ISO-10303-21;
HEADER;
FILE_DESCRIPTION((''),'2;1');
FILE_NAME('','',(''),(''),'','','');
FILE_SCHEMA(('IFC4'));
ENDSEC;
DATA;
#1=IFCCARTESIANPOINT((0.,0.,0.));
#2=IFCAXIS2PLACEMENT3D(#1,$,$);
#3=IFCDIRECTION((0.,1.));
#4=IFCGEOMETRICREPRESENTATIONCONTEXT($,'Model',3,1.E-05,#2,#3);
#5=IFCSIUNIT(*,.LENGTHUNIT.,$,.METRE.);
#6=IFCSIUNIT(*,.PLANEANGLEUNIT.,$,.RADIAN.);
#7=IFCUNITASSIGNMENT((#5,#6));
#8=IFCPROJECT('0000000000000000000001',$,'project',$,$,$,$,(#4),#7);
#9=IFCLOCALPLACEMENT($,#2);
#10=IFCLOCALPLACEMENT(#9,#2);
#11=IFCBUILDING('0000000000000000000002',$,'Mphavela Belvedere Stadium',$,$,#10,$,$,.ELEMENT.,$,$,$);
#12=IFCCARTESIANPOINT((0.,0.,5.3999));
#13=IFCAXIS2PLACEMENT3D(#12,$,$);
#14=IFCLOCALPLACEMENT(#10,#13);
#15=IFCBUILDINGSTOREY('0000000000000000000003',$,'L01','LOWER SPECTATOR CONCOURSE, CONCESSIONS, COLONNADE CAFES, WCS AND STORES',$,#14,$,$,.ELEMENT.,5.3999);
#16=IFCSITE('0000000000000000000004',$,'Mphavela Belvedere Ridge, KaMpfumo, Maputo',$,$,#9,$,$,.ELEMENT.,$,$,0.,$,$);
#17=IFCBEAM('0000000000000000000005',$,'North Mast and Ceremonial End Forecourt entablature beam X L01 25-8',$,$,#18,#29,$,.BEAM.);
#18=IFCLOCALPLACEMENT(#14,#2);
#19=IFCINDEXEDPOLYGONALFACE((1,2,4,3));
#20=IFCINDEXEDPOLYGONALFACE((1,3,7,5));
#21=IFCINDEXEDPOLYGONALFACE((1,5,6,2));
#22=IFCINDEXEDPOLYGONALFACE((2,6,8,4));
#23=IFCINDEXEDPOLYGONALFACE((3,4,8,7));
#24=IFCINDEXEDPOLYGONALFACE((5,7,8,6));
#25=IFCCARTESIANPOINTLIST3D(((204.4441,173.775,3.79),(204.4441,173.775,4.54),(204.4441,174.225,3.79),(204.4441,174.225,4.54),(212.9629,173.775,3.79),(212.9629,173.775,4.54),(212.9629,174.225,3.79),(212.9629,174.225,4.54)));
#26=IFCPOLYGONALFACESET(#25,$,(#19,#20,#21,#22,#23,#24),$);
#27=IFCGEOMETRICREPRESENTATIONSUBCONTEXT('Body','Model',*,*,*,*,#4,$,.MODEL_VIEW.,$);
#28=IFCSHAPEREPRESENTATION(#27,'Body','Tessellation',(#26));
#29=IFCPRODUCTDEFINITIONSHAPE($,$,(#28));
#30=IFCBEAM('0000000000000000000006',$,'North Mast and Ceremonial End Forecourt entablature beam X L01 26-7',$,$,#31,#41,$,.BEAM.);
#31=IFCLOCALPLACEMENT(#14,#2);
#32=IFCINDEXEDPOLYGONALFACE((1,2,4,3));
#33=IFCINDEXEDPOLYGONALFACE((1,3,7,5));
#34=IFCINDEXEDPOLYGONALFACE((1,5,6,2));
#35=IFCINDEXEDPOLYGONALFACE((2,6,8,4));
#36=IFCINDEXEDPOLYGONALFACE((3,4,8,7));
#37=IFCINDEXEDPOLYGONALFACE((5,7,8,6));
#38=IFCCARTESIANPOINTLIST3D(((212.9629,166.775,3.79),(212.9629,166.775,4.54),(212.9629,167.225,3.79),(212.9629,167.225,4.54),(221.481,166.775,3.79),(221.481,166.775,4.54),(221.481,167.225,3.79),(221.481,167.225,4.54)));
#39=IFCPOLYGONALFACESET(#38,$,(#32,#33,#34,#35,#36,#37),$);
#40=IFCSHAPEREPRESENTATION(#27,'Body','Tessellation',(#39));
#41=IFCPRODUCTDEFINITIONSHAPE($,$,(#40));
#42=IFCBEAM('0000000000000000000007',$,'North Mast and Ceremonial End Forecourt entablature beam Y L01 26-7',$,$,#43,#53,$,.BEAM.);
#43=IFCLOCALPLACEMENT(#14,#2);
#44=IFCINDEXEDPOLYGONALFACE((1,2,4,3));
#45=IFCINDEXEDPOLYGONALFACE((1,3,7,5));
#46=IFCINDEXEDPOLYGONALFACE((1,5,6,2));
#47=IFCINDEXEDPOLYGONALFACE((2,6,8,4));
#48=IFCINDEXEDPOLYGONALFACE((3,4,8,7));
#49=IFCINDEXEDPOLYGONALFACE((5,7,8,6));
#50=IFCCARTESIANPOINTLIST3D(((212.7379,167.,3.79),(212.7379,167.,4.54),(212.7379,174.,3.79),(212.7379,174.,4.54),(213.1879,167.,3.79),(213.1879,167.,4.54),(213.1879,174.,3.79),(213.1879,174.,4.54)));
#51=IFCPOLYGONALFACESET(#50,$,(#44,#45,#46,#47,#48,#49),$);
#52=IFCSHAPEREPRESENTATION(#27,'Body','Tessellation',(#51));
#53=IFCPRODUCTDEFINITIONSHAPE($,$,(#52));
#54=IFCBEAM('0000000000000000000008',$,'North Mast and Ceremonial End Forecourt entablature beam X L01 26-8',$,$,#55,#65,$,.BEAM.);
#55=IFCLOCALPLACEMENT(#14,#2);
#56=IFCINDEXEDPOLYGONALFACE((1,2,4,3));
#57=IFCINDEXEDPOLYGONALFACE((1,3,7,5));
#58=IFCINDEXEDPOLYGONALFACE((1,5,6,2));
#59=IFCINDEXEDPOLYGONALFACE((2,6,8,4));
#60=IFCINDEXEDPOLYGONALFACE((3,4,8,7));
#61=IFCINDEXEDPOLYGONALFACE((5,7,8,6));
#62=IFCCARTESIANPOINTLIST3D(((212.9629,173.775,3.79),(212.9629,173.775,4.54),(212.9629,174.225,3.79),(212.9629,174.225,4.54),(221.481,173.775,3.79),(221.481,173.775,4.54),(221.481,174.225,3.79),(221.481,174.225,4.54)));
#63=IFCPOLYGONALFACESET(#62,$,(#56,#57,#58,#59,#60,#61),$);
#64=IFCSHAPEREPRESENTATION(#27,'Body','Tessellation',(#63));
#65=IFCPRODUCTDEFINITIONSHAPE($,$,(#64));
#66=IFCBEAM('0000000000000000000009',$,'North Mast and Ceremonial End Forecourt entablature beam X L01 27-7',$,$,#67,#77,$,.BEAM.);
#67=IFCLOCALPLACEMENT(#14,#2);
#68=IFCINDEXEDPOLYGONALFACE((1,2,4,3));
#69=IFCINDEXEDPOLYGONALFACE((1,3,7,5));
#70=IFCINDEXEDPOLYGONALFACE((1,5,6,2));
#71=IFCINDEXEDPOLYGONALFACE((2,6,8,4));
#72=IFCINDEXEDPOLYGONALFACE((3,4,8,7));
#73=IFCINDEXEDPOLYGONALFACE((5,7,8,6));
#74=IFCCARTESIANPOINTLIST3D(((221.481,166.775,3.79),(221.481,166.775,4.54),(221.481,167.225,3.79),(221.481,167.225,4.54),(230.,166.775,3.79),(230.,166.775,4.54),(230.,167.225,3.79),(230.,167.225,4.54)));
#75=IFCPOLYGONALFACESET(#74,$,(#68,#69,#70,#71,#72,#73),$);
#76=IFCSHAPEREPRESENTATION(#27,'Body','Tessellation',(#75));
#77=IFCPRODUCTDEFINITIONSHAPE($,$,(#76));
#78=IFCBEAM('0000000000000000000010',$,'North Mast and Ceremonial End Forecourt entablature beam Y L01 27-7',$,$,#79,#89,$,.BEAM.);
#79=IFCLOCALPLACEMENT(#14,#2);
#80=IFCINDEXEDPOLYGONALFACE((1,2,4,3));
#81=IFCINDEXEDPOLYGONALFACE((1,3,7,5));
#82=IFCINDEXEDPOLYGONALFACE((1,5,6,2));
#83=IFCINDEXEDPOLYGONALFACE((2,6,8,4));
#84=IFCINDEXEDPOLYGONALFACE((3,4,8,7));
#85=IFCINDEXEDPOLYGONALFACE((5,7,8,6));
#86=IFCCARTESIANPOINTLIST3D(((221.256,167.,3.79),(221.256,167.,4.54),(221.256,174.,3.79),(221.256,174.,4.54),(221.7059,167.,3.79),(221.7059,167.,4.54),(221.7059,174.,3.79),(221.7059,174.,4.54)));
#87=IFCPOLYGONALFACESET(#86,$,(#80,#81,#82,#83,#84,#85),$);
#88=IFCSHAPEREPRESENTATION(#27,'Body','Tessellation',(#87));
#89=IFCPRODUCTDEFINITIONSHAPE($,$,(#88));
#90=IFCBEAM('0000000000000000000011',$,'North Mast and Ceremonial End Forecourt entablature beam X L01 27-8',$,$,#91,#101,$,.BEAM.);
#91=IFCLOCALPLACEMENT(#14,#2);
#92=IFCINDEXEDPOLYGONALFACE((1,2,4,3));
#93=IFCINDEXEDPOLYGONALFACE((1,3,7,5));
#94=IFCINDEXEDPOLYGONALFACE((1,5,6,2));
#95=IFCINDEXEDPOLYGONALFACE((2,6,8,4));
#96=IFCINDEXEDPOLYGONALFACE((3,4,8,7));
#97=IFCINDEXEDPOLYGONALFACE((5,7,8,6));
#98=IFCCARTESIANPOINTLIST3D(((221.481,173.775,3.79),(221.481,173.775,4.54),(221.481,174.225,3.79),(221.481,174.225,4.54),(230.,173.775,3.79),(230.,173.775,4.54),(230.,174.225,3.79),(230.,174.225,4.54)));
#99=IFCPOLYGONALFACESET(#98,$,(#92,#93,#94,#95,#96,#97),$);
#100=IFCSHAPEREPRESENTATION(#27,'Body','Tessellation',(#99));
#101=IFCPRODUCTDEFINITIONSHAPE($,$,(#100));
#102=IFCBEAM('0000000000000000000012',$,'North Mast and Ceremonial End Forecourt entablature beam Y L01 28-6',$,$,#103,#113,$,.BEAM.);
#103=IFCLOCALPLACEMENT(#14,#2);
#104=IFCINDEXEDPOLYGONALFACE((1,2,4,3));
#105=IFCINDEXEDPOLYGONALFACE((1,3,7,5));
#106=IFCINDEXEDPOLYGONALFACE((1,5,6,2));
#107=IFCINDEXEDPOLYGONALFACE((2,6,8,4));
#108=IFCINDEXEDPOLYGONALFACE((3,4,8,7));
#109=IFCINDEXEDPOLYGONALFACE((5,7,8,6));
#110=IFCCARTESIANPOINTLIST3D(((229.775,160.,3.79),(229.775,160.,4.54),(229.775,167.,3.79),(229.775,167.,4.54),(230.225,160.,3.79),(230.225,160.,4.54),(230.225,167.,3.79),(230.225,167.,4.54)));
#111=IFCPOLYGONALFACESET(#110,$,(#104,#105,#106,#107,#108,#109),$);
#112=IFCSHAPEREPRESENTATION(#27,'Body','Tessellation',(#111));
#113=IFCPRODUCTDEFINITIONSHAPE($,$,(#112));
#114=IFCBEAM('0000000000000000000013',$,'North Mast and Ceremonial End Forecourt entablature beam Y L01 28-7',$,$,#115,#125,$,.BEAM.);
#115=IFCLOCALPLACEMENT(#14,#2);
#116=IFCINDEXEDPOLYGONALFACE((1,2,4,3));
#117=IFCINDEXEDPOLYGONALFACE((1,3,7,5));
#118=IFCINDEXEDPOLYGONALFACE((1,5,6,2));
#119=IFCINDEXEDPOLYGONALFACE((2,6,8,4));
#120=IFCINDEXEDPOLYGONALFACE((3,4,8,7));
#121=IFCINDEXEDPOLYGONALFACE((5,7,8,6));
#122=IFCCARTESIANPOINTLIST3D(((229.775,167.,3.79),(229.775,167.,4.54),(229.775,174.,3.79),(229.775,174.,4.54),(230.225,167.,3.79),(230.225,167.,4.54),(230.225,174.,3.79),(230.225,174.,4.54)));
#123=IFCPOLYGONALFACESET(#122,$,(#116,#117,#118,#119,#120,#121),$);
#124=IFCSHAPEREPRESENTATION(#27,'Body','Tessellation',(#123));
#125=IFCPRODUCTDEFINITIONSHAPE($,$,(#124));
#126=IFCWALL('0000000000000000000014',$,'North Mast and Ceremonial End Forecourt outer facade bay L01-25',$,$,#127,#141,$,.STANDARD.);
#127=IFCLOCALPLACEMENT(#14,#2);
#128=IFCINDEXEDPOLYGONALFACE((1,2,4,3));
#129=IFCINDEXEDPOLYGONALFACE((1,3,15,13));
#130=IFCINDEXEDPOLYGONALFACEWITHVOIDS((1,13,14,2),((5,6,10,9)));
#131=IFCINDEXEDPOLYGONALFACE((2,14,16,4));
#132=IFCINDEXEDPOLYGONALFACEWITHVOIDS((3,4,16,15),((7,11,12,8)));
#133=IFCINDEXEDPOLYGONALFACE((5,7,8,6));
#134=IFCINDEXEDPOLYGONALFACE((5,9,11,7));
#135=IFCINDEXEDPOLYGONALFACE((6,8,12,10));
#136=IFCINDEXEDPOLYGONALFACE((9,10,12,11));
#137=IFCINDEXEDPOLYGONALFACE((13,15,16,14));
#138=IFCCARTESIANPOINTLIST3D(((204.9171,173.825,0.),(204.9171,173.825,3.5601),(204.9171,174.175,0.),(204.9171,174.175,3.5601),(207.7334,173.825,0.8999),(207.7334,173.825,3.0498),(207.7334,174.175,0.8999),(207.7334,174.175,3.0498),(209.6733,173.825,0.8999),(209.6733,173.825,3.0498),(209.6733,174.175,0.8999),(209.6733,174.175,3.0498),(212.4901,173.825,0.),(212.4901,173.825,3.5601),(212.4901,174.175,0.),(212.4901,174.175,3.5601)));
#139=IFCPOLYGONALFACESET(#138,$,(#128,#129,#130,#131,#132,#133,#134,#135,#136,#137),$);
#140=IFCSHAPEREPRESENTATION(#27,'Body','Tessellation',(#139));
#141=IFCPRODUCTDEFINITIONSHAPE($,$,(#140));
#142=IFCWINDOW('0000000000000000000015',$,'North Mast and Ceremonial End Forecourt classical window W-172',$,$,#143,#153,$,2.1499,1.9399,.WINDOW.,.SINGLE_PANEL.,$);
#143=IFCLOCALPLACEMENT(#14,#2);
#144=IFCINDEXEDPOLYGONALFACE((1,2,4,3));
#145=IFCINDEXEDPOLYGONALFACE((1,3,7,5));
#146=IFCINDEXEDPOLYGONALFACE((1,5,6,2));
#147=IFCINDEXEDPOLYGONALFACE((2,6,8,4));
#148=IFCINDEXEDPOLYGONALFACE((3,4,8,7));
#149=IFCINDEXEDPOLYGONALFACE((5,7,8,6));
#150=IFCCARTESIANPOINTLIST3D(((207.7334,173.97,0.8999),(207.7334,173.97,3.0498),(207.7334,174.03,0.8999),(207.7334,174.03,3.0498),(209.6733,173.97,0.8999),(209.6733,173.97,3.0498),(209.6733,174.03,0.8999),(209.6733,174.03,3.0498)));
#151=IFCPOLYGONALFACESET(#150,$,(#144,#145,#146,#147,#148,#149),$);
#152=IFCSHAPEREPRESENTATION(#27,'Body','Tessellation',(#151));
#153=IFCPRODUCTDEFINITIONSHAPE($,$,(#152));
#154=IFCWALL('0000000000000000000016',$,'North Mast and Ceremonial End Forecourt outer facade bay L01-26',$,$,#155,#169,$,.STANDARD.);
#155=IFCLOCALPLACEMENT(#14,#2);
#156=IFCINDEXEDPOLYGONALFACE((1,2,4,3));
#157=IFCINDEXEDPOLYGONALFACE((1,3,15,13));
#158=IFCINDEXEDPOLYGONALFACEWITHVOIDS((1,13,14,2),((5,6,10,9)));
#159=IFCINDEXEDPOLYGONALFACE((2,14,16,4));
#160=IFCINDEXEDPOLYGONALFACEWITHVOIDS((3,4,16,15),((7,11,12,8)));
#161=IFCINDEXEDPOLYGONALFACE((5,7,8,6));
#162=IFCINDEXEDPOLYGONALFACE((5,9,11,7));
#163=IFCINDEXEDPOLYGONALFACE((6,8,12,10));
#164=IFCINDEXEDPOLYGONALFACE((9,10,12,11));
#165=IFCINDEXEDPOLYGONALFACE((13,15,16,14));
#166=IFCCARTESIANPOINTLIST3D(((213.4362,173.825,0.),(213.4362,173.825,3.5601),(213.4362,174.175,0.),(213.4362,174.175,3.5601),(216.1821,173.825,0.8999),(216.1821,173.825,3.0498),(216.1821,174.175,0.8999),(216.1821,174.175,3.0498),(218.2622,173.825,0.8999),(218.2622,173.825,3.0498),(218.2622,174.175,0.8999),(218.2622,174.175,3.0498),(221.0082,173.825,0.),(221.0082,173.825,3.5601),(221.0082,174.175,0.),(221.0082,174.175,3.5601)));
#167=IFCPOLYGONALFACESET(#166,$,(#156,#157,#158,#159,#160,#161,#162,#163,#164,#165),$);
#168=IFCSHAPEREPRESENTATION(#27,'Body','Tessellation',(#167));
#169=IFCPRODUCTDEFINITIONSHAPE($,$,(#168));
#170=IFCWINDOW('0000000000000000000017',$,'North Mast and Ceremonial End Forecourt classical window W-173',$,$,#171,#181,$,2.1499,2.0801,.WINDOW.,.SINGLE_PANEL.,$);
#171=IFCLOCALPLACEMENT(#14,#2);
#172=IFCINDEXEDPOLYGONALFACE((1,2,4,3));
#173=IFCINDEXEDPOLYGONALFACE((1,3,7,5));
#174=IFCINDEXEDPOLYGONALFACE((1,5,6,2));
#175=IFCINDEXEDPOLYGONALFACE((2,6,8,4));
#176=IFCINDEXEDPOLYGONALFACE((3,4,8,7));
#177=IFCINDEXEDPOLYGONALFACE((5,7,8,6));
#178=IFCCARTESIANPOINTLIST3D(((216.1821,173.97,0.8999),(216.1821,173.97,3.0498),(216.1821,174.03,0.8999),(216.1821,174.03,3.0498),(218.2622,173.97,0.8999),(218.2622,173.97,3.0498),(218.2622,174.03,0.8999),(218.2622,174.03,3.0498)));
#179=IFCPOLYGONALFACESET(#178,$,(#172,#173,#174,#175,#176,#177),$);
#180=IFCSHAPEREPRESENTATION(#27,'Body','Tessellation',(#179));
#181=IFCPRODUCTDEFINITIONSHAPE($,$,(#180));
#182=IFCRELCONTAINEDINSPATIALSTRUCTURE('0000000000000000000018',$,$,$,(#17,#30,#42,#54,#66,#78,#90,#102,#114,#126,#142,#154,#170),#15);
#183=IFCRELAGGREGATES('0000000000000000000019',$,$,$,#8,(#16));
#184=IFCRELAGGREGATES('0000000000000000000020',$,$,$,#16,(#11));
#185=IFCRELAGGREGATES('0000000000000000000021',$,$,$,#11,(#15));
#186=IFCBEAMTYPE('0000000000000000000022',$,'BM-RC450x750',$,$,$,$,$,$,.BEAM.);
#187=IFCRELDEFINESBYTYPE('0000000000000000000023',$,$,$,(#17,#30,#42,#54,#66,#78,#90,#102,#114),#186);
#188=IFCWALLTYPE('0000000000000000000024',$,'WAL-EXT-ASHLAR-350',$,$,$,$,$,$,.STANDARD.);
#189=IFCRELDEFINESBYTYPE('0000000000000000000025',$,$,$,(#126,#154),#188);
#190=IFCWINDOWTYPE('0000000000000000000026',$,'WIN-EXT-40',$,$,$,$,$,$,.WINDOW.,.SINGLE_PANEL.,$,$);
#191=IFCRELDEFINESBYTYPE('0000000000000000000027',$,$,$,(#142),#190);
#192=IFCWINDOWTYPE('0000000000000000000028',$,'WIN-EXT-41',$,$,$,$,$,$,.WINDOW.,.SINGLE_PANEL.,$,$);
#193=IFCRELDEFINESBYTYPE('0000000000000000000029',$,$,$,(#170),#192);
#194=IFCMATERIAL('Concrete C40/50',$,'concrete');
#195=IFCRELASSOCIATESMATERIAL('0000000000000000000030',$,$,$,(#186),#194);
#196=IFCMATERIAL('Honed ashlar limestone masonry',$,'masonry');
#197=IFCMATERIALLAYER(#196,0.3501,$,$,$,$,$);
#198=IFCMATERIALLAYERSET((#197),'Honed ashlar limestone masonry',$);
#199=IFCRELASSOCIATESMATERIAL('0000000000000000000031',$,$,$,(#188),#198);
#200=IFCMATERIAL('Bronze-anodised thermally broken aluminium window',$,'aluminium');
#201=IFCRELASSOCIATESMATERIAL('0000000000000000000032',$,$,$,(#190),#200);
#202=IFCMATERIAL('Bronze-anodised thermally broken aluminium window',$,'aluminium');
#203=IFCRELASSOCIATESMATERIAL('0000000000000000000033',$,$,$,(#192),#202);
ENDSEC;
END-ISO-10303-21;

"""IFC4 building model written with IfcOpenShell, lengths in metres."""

from ifc_helpers import new_model, si_unit, direction, frame, frame_2d, origin, origin_2d, place, context, subcontext, project, spatial, rectangle, extrude, material, layer, layer_set, material_profile, profile_set, type_object, element, fill, save


model = new_model("IFC4")

# Units and contexts
model_context = context("Model", 3, precision=1e-05, world=origin(), true_north=direction((0.0, 1.0)))
body_context = subcontext(model_context, "Body", "Model", "MODEL_VIEW")
ifc_project = project(units=[si_unit("LENGTHUNIT", "METRE"), si_unit("PLANEANGLEUNIT", "RADIAN")], contexts=[model_context])

# Site, building, storey
site_placement = place(None, origin())
site = spatial("IfcSite", under=ifc_project, at=site_placement, Name="Mphavela Belvedere Ridge, KaMpfumo, Maputo", CompositionType="ELEMENT", RefElevation=0.0)
building_placement = place(site_placement, origin())
building = spatial("IfcBuilding", under=site, at=building_placement, Name="Mphavela Belvedere Stadium", CompositionType="ELEMENT")
storey_placement = place(building_placement, frame((0.0, 0.0, 5.3999)))
storey = spatial("IfcBuildingStorey", under=building, at=storey_placement, Name="L01", Description="LOWER SPECTATOR CONCOURSE, CONCESSIONS, COLONNADE CAFES, WCS AND STORES", CompositionType="ELEMENT", Elevation=5.3999)

# Beams
ifc_material_1 = material(Name="Concrete C40/50", Category="concrete")
ifc_material_profile_1 = material_profile(ifc_material_1, rectangle(XDim=0.45, YDim=0.75, at=origin_2d()), Name="RC 450x750")
ifc_profile_set_1 = profile_set([ifc_material_profile_1], Name="Concrete C40/50")
beam_type_1 = type_object("IfcBeamType", Name="BM-RC450x750", PredefinedType="BEAM", material=ifc_profile_set_1)
beam_1_placement = place(storey_placement, frame((204.4441, 174.0, 4.165), z_axis=(1.0, 0.0, 0.0), x_axis=(0.0, 1.0, 0.0)))
element("IfcBeam", 1, at=beam_1_placement, inside=storey, type_object=beam_type_1, Name="North Mast and Ceremonial End Forecourt entablature beam X L01 25-8", PredefinedType="BEAM", context=body_context, shape_type="SweptSolid", body=[
    extrude(rectangle(XDim=0.45, YDim=0.75, at=origin_2d()), origin(), (0.0, 0.0, 1.0), 8.5188),
])
beam_2_placement = place(storey_placement, frame((212.9629, 167.0, 4.165), z_axis=(1.0, 0.0, 0.0), x_axis=(0.0, 1.0, 0.0)))
element("IfcBeam", 2, at=beam_2_placement, inside=storey, type_object=beam_type_1, Name="North Mast and Ceremonial End Forecourt entablature beam X L01 26-7", PredefinedType="BEAM", context=body_context, shape_type="SweptSolid", body=[
    extrude(rectangle(XDim=0.45, YDim=0.75, at=origin_2d()), origin(), (0.0, 0.0, 1.0), 8.5181),
])
beam_3_placement = place(storey_placement, frame((212.9629, 167.0, 4.165), z_axis=(0.0, 1.0, 0.0), x_axis=(-1.0, 0.0, 0.0)))
element("IfcBeam", 3, at=beam_3_placement, inside=storey, type_object=beam_type_1, Name="North Mast and Ceremonial End Forecourt entablature beam Y L01 26-7", PredefinedType="BEAM", context=body_context, shape_type="SweptSolid", body=[
    extrude(rectangle(XDim=0.45, YDim=0.75, at=origin_2d()), origin(), (0.0, 0.0, 1.0), 7.0),
])
beam_4_placement = place(storey_placement, frame((212.9629, 174.0, 4.165), z_axis=(1.0, 0.0, 0.0), x_axis=(0.0, 1.0, 0.0)))
element("IfcBeam", 4, at=beam_4_placement, inside=storey, type_object=beam_type_1, Name="North Mast and Ceremonial End Forecourt entablature beam X L01 26-8", PredefinedType="BEAM", context=body_context, shape_type="SweptSolid", body=[
    extrude(rectangle(XDim=0.45, YDim=0.75, at=origin_2d()), origin(), (0.0, 0.0, 1.0), 8.5181),
])
beam_5_placement = place(storey_placement, frame((221.481, 167.0, 4.165), z_axis=(1.0, 0.0, 0.0), x_axis=(0.0, 1.0, 0.0)))
element("IfcBeam", 5, at=beam_5_placement, inside=storey, type_object=beam_type_1, Name="North Mast and Ceremonial End Forecourt entablature beam X L01 27-7", PredefinedType="BEAM", context=body_context, shape_type="SweptSolid", body=[
    extrude(rectangle(XDim=0.45, YDim=0.75, at=origin_2d()), origin(), (0.0, 0.0, 1.0), 8.519),
])
beam_6_placement = place(storey_placement, frame((221.481, 167.0, 4.165), z_axis=(0.0, 1.0, 0.0), x_axis=(-1.0, 0.0, 0.0)))
element("IfcBeam", 6, at=beam_6_placement, inside=storey, type_object=beam_type_1, Name="North Mast and Ceremonial End Forecourt entablature beam Y L01 27-7", PredefinedType="BEAM", context=body_context, shape_type="SweptSolid", body=[
    extrude(rectangle(XDim=0.45, YDim=0.75, at=origin_2d()), origin(), (0.0, 0.0, 1.0), 7.0),
])
beam_7_placement = place(storey_placement, frame((221.481, 174.0, 4.165), z_axis=(1.0, 0.0, 0.0), x_axis=(0.0, 1.0, 0.0)))
element("IfcBeam", 7, at=beam_7_placement, inside=storey, type_object=beam_type_1, Name="North Mast and Ceremonial End Forecourt entablature beam X L01 27-8", PredefinedType="BEAM", context=body_context, shape_type="SweptSolid", body=[
    extrude(rectangle(XDim=0.45, YDim=0.75, at=origin_2d()), origin(), (0.0, 0.0, 1.0), 8.519),
])
for number, where, z_axis, x_axis, name in (
    (8, (230.0, 160.0, 4.165), (0.0, 1.0, 0.0), (-1.0, 0.0, 0.0), "North Mast and Ceremonial End Forecourt entablature beam Y L01 28-6"),
    (9, (230.0, 167.0, 4.165), (0.0, 1.0, 0.0), (-1.0, 0.0, 0.0), "North Mast and Ceremonial End Forecourt entablature beam Y L01 28-7"),
):
    element("IfcBeam", number, at=place(storey_placement, frame(where, z_axis=z_axis, x_axis=x_axis)), inside=storey, type_object=beam_type_1, Name=name, PredefinedType="BEAM", context=body_context, shape_type="SweptSolid", body=[
        extrude(rectangle(XDim=0.45, YDim=0.75, at=origin_2d()), origin(), (0.0, 0.0, 1.0), 7.0),
    ])

# Walls, openings, windows
ifc_material_2 = material(Name="Honed ashlar limestone masonry", Category="masonry")
ifc_layer_1 = layer(ifc_material_2, 0.3501)
ifc_layer_set_1 = layer_set([ifc_layer_1], Name="Honed ashlar limestone masonry")
wall_type_1 = type_object("IfcWallType", Name="WAL-EXT-ASHLAR-350", PredefinedType="STANDARD", material=ifc_layer_set_1)
wall_1_placement = place(storey_placement, frame((204.917, 174.0, 0.0), z_axis=(0.0, 0.0, 1.0), x_axis=(1.0, 0.0, 0.0)))
wall_1 = element("IfcWall", 10, at=wall_1_placement, inside=storey, type_object=wall_type_1, Name="North Mast and Ceremonial End Forecourt outer facade bay L01-25", PredefinedType="STANDARD", context=body_context, shape_type="SweptSolid", body=[
    extrude(rectangle(XDim=7.573, YDim=0.3501, at=frame_2d((3.7866, 0.0))), origin(), (0.0, 0.0, 1.0), 3.5601),
])
opening_1_placement = place(wall_1_placement, frame((2.8164, 0.0, 0.8999)))
opening_1 = element("IfcOpeningElement", 11, at=opening_1_placement, cuts=wall_1, PredefinedType="OPENING", context=body_context, shape_type="SweptSolid", body=[
    extrude(rectangle(XDim=1.9399, YDim=2.1499, at=frame_2d((0.97, 1.075))), frame((0.0, 0.1851, 0.0), z_axis=(0.0, -1.0, 0.0), x_axis=(1.0, 0.0, 0.0)), (0.0, 0.0, 1.0), 0.3701),
])
ifc_material_3 = material(Name="Bronze-anodised thermally broken aluminium window", Category="aluminium")
window_type_1 = type_object("IfcWindowType", Name="WIN-EXT-40", PartitioningType="SINGLE_PANEL", PredefinedType="WINDOW", material=ifc_material_3)
window_1_placement = place(opening_1_placement, origin())
window_1 = element("IfcWindow", 12, at=window_1_placement, inside=storey, type_object=window_type_1, Name="North Mast and Ceremonial End Forecourt classical window W-172", OverallHeight=2.1499, OverallWidth=1.9399, PartitioningType="SINGLE_PANEL", PredefinedType="WINDOW", context=body_context, shape_type="SweptSolid", body=[
    extrude(rectangle(XDim=1.9399, YDim=2.1499, at=frame_2d((0.97, 1.075))), frame((0.0, 0.03, 0.0), z_axis=(0.0, -1.0, 0.0), x_axis=(1.0, 0.0, 0.0)), (0.0, 0.0, 1.0), 0.0601),
])
fill(opening_1, window_1)
wall_2_placement = place(storey_placement, frame((213.436, 174.0, 0.0), z_axis=(0.0, 0.0, 1.0), x_axis=(1.0, 0.0, 0.0)))
wall_2 = element("IfcWall", 13, at=wall_2_placement, inside=storey, type_object=wall_type_1, Name="North Mast and Ceremonial End Forecourt outer facade bay L01-26", PredefinedType="STANDARD", context=body_context, shape_type="SweptSolid", body=[
    extrude(rectangle(XDim=7.572, YDim=0.3501, at=frame_2d((3.7861, 0.0))), origin(), (0.0, 0.0, 1.0), 3.5601),
])
opening_2_placement = place(wall_2_placement, frame((2.7461, 0.0, 0.8999)))
opening_2 = element("IfcOpeningElement", 14, at=opening_2_placement, cuts=wall_2, PredefinedType="OPENING", context=body_context, shape_type="SweptSolid", body=[
    extrude(rectangle(XDim=2.0801, YDim=2.1499, at=frame_2d((1.04, 1.075))), frame((0.0, 0.1851, 0.0), z_axis=(0.0, -1.0, 0.0), x_axis=(1.0, 0.0, 0.0)), (0.0, 0.0, 1.0), 0.3701),
])
ifc_material_4 = material(Name="Bronze-anodised thermally broken aluminium window", Category="aluminium")
window_type_2 = type_object("IfcWindowType", Name="WIN-EXT-41", PartitioningType="SINGLE_PANEL", PredefinedType="WINDOW", material=ifc_material_4)
window_2_placement = place(opening_2_placement, origin())
window_2 = element("IfcWindow", 15, at=window_2_placement, inside=storey, type_object=window_type_2, Name="North Mast and Ceremonial End Forecourt classical window W-173", OverallHeight=2.1499, OverallWidth=2.0801, PartitioningType="SINGLE_PANEL", PredefinedType="WINDOW", context=body_context, shape_type="SweptSolid", body=[
    extrude(rectangle(XDim=2.0801, YDim=2.1499, at=frame_2d((1.04, 1.075))), frame((0.0, 0.03, 0.0), z_axis=(0.0, -1.0, 0.0), x_axis=(1.0, 0.0, 0.0)), (0.0, 0.0, 1.0), 0.0601),
])
fill(opening_2, window_2)

save(model, "model.ifc")
